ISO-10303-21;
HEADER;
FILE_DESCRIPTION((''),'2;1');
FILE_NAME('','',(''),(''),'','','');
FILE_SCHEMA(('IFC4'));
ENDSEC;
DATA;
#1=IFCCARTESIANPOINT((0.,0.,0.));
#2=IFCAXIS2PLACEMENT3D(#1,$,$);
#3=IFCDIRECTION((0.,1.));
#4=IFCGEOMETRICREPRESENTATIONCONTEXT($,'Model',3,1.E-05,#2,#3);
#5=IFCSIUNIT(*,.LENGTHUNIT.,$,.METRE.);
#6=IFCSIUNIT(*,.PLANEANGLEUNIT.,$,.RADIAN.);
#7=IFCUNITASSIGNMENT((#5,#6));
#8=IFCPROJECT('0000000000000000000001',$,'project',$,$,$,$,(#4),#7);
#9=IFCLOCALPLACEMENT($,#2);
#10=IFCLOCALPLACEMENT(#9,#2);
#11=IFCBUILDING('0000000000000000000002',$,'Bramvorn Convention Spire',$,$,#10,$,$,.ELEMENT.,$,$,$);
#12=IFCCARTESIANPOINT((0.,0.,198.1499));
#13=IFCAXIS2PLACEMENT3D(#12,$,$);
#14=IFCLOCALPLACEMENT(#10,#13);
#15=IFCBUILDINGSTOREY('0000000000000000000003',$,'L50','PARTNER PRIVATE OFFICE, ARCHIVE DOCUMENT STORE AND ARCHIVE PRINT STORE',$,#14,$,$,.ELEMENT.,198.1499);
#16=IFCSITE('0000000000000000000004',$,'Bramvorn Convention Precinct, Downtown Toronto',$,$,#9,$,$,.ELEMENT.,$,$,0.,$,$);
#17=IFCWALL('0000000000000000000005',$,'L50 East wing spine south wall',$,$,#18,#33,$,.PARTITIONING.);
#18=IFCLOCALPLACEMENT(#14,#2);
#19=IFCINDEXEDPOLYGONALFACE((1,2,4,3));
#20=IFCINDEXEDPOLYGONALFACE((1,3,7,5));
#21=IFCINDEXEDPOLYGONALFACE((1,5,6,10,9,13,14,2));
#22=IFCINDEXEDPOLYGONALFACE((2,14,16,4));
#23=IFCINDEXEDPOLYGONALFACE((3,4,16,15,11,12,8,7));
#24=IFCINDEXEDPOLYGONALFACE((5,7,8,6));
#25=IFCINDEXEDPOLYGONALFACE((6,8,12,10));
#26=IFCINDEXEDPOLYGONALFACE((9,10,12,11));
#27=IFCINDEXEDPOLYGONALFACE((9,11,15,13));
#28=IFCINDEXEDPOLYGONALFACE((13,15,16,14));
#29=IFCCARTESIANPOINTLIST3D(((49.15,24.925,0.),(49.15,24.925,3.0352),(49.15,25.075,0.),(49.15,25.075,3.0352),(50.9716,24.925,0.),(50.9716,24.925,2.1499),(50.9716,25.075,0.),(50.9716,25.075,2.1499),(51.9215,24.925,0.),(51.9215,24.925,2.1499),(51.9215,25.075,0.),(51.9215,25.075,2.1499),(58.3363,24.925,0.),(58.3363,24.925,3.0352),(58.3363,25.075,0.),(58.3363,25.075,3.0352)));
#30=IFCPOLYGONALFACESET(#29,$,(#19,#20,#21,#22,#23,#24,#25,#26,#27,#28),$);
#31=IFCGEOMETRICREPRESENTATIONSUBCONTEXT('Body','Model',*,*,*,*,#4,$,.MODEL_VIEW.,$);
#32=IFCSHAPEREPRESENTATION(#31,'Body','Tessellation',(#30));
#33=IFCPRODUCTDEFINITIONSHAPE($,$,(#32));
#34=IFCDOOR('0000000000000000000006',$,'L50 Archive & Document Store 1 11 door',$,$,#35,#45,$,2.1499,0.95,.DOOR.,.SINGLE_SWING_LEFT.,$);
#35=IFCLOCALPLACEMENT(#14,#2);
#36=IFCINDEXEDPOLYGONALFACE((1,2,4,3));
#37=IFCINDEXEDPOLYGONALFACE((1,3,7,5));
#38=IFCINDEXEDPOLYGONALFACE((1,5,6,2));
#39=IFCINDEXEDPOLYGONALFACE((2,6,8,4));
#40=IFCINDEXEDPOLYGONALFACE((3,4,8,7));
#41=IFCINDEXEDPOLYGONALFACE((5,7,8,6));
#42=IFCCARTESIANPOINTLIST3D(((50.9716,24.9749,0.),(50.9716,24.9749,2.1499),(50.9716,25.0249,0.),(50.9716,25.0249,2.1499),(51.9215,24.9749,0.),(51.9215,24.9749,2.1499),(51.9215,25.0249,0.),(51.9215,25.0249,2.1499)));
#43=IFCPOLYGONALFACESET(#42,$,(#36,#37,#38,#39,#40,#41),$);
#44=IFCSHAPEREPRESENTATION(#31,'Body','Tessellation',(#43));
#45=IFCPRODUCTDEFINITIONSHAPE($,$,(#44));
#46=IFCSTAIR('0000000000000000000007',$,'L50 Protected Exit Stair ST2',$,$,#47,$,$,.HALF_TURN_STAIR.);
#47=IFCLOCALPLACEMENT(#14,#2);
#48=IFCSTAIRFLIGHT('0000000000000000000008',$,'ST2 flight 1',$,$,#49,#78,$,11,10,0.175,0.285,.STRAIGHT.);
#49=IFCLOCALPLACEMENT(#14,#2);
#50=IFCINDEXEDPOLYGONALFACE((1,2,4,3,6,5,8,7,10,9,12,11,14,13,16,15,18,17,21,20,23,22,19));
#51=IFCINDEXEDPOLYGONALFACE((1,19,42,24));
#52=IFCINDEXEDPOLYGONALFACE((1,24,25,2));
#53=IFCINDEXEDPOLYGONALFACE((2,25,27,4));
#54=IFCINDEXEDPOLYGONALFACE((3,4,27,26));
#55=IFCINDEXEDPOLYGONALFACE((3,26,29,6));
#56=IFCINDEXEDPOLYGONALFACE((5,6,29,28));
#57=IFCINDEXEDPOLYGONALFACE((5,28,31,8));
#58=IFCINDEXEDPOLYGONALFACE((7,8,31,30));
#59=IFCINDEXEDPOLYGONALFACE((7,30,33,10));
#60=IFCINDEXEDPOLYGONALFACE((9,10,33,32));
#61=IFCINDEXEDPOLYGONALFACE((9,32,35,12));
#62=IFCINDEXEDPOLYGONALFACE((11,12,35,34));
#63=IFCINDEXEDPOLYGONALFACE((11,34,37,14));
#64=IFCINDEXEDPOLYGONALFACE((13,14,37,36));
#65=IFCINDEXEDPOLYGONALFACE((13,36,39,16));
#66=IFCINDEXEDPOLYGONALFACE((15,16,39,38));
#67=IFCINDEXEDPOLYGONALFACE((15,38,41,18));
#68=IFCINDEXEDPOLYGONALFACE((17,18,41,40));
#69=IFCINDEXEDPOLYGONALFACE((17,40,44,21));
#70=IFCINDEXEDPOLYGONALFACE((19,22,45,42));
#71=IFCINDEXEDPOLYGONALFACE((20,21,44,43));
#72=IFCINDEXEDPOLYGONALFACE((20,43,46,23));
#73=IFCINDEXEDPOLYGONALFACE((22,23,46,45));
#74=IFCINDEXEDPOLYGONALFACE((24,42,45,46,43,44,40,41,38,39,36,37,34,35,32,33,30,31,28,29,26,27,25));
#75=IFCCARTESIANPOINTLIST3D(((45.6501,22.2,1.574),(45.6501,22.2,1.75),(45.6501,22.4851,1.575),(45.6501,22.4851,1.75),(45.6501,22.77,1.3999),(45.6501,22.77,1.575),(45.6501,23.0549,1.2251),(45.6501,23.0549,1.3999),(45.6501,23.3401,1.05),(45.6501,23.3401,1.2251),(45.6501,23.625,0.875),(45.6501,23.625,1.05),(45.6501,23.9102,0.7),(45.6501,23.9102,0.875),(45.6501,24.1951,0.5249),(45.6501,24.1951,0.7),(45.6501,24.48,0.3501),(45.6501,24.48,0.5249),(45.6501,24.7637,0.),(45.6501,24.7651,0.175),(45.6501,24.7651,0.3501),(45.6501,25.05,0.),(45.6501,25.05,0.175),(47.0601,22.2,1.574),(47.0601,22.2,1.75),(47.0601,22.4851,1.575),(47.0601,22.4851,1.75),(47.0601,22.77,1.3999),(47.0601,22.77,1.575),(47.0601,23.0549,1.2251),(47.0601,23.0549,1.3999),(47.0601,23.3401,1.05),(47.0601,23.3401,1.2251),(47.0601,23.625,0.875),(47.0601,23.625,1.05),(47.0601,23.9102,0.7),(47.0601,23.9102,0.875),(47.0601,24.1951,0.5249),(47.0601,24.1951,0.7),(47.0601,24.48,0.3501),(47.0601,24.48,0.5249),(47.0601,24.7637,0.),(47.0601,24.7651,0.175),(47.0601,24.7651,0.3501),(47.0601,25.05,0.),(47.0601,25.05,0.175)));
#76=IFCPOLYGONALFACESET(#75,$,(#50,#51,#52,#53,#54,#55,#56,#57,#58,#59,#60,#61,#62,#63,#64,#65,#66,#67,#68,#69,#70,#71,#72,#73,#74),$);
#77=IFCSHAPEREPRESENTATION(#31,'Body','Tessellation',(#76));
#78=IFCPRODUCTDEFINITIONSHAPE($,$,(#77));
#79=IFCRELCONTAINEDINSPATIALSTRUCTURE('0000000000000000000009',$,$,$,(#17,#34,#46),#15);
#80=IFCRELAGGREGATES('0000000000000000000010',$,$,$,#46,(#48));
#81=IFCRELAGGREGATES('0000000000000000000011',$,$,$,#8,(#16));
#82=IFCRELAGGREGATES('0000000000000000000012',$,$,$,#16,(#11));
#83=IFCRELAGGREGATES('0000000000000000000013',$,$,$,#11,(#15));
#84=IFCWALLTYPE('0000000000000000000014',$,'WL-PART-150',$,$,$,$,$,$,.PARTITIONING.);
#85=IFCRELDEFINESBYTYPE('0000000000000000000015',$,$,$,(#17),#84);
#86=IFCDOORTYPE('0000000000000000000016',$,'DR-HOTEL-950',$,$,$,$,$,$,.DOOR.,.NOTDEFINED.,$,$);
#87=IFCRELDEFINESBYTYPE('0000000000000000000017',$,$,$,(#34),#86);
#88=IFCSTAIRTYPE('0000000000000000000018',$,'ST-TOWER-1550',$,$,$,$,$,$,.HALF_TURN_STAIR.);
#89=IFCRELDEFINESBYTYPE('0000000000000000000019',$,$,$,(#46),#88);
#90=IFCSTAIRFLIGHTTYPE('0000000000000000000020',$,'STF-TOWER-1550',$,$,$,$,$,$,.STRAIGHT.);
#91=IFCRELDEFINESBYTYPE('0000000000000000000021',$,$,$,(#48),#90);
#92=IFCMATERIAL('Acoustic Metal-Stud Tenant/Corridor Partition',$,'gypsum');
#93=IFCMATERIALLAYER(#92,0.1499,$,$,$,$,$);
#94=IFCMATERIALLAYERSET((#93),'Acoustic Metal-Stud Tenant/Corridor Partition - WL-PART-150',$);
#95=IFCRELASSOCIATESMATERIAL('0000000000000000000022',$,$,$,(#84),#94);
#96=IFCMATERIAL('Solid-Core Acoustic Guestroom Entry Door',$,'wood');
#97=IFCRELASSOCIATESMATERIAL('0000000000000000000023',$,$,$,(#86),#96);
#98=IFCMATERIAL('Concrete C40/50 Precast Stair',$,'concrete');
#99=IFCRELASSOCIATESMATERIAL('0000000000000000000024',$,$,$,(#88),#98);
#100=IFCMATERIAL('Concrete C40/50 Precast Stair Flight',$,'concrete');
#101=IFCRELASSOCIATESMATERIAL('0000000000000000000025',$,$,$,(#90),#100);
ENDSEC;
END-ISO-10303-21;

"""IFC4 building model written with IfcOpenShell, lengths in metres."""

from ifc_helpers import new_model, si_unit, direction, frame, frame_2d, origin, place, context, subcontext, project, spatial, polyline, rectangle, outline, extrude, material, layer, layer_set, type_object, element, fill, aggregate, save


model = new_model("IFC4")

# Units and contexts
model_context = context("Model", 3, precision=1e-05, world=origin(), true_north=direction((0.0, 1.0)))
body_context = subcontext(model_context, "Body", "Model", "MODEL_VIEW")
ifc_project = project(units=[si_unit("LENGTHUNIT", "METRE"), si_unit("PLANEANGLEUNIT", "RADIAN")], contexts=[model_context])

# Site, building, storey
site_placement = place(None, origin())
site = spatial("IfcSite", under=ifc_project, at=site_placement, Name="Bramvorn Convention Precinct, Downtown Toronto", CompositionType="ELEMENT", RefElevation=0.0)
building_placement = place(site_placement, origin())
building = spatial("IfcBuilding", under=site, at=building_placement, Name="Bramvorn Convention Spire", CompositionType="ELEMENT")
storey_placement = place(building_placement, frame((0.0, 0.0, 198.1499)))
storey = spatial("IfcBuildingStorey", under=building, at=storey_placement, Name="L50", Description="PARTNER PRIVATE OFFICE, ARCHIVE DOCUMENT STORE AND ARCHIVE PRINT STORE", CompositionType="ELEMENT", Elevation=198.1499)

# Wall, opening, door
ifc_material_1 = material(Name="Acoustic Metal-Stud Tenant/Corridor Partition", Category="gypsum")
ifc_layer_1 = layer(ifc_material_1, 0.1499)
ifc_layer_set_1 = layer_set([ifc_layer_1], Name="Acoustic Metal-Stud Tenant/Corridor Partition - WL-PART-150")
wall_type_1 = type_object("IfcWallType", Name="WL-PART-150", PredefinedType="PARTITIONING", material=ifc_layer_set_1)
wall_1_placement = place(storey_placement, frame((49.1499, 25.0, 0.0), z_axis=(0.0, 0.0, 1.0), x_axis=(1.0, 0.0, 0.0)))
wall_1 = element("IfcWall", 1, at=wall_1_placement, inside=storey, type_object=wall_type_1, Name="L50 East wing spine south wall", PredefinedType="PARTITIONING", context=body_context, shape_type="SweptSolid", body=[
    extrude(rectangle(XDim=9.1863, YDim=0.1499, at=frame_2d((4.5933, 0.0))), origin(), (0.0, 0.0, 1.0), 3.0352),
])
opening_1_placement = place(wall_1_placement, frame((1.8215, 0.0, 0.0)))
opening_1 = element("IfcOpeningElement", 2, at=opening_1_placement, cuts=wall_1, PredefinedType="OPENING", context=body_context, shape_type="SweptSolid", body=[
    extrude(rectangle(XDim=0.95, YDim=2.1499, at=frame_2d((0.4751, 1.075))), frame((0.0, 0.085, 0.0), z_axis=(0.0, -1.0, 0.0), x_axis=(1.0, 0.0, 0.0)), (0.0, 0.0, 1.0), 0.1699),
])
ifc_material_2 = material(Name="Solid-Core Acoustic Guestroom Entry Door", Category="wood")
door_type_1 = type_object("IfcDoorType", Name="DR-HOTEL-950", OperationType="NOTDEFINED", PredefinedType="DOOR", material=ifc_material_2)
door_1_placement = place(opening_1_placement, origin())
door_1 = element("IfcDoor", 3, at=door_1_placement, inside=storey, type_object=door_type_1, Name="L50 Archive & Document Store 1 11 door", OperationType="SINGLE_SWING_LEFT", OverallHeight=2.1499, OverallWidth=0.95, PredefinedType="DOOR", context=body_context, shape_type="SweptSolid", body=[
    extrude(rectangle(XDim=0.95, YDim=2.1499, at=frame_2d((0.4751, 1.075))), frame((0.0, 0.0249, 0.0), z_axis=(0.0, -1.0, 0.0), x_axis=(1.0, 0.0, 0.0)), (0.0, 0.0, 1.0), 0.05),
])
fill(opening_1, door_1)

# Stair, stair flight
ifc_material_3 = material(Name="Concrete C40/50 Precast Stair", Category="concrete")
stair_type = type_object("IfcStairType", Name="ST-TOWER-1550", PredefinedType="HALF_TURN_STAIR", material=ifc_material_3)
stair_placement = place(storey_placement, origin())
stair = element("IfcStair", 4, at=stair_placement, inside=storey, type_object=stair_type, Name="L50 Protected Exit Stair ST2", PredefinedType="HALF_TURN_STAIR")
ifc_material_4 = material(Name="Concrete C40/50 Precast Stair Flight", Category="concrete")
stair_flight_type = type_object("IfcStairFlightType", Name="STF-TOWER-1550", PredefinedType="STRAIGHT", material=ifc_material_4)
stair_flight_placement = place(storey_placement, frame((46.355, 25.05, 0.0), z_axis=(0.0, 0.0, 1.0), x_axis=(0.0, -1.0, 0.0)))
stair_flight = element("IfcStairFlight", 5, at=stair_flight_placement, type_object=stair_flight_type, Name="ST2 flight 1", NumberOfRisers=11, NumberOfTreads=10, PredefinedType="STRAIGHT", RiserHeight=0.175, TreadLength=0.285, context=body_context, shape_type="SweptSolid", body=[
    extrude(outline(polyline([(0.0, 0.0), (0.0, 0.175), (0.2849, 0.175), (0.2849, 0.3501), (0.5701, 0.3501), (0.5701, 0.5249), (0.855, 0.5249), (0.855, 0.7), (1.1399, 0.7), (1.1399, 0.875), (1.425, 0.875), (1.425, 1.05), (1.71, 1.05), (1.71, 1.2251), (1.9951, 1.2251), (1.9951, 1.3999), (2.28, 1.3999), (2.28, 1.575), (2.5649, 1.575), (2.5649, 1.75), (2.8501, 1.75), (2.8501, 1.925), (2.8501, 1.574), (0.2864, 0.0), (0.0, 0.0)])), frame((0.0, 0.7051, 0.0), z_axis=(0.0, -1.0, 0.0), x_axis=(1.0, 0.0, 0.0)), (0.0, 0.0, 1.0), 1.4099),
])
aggregate(stair, [stair_flight])

save(model, "model.ifc")
